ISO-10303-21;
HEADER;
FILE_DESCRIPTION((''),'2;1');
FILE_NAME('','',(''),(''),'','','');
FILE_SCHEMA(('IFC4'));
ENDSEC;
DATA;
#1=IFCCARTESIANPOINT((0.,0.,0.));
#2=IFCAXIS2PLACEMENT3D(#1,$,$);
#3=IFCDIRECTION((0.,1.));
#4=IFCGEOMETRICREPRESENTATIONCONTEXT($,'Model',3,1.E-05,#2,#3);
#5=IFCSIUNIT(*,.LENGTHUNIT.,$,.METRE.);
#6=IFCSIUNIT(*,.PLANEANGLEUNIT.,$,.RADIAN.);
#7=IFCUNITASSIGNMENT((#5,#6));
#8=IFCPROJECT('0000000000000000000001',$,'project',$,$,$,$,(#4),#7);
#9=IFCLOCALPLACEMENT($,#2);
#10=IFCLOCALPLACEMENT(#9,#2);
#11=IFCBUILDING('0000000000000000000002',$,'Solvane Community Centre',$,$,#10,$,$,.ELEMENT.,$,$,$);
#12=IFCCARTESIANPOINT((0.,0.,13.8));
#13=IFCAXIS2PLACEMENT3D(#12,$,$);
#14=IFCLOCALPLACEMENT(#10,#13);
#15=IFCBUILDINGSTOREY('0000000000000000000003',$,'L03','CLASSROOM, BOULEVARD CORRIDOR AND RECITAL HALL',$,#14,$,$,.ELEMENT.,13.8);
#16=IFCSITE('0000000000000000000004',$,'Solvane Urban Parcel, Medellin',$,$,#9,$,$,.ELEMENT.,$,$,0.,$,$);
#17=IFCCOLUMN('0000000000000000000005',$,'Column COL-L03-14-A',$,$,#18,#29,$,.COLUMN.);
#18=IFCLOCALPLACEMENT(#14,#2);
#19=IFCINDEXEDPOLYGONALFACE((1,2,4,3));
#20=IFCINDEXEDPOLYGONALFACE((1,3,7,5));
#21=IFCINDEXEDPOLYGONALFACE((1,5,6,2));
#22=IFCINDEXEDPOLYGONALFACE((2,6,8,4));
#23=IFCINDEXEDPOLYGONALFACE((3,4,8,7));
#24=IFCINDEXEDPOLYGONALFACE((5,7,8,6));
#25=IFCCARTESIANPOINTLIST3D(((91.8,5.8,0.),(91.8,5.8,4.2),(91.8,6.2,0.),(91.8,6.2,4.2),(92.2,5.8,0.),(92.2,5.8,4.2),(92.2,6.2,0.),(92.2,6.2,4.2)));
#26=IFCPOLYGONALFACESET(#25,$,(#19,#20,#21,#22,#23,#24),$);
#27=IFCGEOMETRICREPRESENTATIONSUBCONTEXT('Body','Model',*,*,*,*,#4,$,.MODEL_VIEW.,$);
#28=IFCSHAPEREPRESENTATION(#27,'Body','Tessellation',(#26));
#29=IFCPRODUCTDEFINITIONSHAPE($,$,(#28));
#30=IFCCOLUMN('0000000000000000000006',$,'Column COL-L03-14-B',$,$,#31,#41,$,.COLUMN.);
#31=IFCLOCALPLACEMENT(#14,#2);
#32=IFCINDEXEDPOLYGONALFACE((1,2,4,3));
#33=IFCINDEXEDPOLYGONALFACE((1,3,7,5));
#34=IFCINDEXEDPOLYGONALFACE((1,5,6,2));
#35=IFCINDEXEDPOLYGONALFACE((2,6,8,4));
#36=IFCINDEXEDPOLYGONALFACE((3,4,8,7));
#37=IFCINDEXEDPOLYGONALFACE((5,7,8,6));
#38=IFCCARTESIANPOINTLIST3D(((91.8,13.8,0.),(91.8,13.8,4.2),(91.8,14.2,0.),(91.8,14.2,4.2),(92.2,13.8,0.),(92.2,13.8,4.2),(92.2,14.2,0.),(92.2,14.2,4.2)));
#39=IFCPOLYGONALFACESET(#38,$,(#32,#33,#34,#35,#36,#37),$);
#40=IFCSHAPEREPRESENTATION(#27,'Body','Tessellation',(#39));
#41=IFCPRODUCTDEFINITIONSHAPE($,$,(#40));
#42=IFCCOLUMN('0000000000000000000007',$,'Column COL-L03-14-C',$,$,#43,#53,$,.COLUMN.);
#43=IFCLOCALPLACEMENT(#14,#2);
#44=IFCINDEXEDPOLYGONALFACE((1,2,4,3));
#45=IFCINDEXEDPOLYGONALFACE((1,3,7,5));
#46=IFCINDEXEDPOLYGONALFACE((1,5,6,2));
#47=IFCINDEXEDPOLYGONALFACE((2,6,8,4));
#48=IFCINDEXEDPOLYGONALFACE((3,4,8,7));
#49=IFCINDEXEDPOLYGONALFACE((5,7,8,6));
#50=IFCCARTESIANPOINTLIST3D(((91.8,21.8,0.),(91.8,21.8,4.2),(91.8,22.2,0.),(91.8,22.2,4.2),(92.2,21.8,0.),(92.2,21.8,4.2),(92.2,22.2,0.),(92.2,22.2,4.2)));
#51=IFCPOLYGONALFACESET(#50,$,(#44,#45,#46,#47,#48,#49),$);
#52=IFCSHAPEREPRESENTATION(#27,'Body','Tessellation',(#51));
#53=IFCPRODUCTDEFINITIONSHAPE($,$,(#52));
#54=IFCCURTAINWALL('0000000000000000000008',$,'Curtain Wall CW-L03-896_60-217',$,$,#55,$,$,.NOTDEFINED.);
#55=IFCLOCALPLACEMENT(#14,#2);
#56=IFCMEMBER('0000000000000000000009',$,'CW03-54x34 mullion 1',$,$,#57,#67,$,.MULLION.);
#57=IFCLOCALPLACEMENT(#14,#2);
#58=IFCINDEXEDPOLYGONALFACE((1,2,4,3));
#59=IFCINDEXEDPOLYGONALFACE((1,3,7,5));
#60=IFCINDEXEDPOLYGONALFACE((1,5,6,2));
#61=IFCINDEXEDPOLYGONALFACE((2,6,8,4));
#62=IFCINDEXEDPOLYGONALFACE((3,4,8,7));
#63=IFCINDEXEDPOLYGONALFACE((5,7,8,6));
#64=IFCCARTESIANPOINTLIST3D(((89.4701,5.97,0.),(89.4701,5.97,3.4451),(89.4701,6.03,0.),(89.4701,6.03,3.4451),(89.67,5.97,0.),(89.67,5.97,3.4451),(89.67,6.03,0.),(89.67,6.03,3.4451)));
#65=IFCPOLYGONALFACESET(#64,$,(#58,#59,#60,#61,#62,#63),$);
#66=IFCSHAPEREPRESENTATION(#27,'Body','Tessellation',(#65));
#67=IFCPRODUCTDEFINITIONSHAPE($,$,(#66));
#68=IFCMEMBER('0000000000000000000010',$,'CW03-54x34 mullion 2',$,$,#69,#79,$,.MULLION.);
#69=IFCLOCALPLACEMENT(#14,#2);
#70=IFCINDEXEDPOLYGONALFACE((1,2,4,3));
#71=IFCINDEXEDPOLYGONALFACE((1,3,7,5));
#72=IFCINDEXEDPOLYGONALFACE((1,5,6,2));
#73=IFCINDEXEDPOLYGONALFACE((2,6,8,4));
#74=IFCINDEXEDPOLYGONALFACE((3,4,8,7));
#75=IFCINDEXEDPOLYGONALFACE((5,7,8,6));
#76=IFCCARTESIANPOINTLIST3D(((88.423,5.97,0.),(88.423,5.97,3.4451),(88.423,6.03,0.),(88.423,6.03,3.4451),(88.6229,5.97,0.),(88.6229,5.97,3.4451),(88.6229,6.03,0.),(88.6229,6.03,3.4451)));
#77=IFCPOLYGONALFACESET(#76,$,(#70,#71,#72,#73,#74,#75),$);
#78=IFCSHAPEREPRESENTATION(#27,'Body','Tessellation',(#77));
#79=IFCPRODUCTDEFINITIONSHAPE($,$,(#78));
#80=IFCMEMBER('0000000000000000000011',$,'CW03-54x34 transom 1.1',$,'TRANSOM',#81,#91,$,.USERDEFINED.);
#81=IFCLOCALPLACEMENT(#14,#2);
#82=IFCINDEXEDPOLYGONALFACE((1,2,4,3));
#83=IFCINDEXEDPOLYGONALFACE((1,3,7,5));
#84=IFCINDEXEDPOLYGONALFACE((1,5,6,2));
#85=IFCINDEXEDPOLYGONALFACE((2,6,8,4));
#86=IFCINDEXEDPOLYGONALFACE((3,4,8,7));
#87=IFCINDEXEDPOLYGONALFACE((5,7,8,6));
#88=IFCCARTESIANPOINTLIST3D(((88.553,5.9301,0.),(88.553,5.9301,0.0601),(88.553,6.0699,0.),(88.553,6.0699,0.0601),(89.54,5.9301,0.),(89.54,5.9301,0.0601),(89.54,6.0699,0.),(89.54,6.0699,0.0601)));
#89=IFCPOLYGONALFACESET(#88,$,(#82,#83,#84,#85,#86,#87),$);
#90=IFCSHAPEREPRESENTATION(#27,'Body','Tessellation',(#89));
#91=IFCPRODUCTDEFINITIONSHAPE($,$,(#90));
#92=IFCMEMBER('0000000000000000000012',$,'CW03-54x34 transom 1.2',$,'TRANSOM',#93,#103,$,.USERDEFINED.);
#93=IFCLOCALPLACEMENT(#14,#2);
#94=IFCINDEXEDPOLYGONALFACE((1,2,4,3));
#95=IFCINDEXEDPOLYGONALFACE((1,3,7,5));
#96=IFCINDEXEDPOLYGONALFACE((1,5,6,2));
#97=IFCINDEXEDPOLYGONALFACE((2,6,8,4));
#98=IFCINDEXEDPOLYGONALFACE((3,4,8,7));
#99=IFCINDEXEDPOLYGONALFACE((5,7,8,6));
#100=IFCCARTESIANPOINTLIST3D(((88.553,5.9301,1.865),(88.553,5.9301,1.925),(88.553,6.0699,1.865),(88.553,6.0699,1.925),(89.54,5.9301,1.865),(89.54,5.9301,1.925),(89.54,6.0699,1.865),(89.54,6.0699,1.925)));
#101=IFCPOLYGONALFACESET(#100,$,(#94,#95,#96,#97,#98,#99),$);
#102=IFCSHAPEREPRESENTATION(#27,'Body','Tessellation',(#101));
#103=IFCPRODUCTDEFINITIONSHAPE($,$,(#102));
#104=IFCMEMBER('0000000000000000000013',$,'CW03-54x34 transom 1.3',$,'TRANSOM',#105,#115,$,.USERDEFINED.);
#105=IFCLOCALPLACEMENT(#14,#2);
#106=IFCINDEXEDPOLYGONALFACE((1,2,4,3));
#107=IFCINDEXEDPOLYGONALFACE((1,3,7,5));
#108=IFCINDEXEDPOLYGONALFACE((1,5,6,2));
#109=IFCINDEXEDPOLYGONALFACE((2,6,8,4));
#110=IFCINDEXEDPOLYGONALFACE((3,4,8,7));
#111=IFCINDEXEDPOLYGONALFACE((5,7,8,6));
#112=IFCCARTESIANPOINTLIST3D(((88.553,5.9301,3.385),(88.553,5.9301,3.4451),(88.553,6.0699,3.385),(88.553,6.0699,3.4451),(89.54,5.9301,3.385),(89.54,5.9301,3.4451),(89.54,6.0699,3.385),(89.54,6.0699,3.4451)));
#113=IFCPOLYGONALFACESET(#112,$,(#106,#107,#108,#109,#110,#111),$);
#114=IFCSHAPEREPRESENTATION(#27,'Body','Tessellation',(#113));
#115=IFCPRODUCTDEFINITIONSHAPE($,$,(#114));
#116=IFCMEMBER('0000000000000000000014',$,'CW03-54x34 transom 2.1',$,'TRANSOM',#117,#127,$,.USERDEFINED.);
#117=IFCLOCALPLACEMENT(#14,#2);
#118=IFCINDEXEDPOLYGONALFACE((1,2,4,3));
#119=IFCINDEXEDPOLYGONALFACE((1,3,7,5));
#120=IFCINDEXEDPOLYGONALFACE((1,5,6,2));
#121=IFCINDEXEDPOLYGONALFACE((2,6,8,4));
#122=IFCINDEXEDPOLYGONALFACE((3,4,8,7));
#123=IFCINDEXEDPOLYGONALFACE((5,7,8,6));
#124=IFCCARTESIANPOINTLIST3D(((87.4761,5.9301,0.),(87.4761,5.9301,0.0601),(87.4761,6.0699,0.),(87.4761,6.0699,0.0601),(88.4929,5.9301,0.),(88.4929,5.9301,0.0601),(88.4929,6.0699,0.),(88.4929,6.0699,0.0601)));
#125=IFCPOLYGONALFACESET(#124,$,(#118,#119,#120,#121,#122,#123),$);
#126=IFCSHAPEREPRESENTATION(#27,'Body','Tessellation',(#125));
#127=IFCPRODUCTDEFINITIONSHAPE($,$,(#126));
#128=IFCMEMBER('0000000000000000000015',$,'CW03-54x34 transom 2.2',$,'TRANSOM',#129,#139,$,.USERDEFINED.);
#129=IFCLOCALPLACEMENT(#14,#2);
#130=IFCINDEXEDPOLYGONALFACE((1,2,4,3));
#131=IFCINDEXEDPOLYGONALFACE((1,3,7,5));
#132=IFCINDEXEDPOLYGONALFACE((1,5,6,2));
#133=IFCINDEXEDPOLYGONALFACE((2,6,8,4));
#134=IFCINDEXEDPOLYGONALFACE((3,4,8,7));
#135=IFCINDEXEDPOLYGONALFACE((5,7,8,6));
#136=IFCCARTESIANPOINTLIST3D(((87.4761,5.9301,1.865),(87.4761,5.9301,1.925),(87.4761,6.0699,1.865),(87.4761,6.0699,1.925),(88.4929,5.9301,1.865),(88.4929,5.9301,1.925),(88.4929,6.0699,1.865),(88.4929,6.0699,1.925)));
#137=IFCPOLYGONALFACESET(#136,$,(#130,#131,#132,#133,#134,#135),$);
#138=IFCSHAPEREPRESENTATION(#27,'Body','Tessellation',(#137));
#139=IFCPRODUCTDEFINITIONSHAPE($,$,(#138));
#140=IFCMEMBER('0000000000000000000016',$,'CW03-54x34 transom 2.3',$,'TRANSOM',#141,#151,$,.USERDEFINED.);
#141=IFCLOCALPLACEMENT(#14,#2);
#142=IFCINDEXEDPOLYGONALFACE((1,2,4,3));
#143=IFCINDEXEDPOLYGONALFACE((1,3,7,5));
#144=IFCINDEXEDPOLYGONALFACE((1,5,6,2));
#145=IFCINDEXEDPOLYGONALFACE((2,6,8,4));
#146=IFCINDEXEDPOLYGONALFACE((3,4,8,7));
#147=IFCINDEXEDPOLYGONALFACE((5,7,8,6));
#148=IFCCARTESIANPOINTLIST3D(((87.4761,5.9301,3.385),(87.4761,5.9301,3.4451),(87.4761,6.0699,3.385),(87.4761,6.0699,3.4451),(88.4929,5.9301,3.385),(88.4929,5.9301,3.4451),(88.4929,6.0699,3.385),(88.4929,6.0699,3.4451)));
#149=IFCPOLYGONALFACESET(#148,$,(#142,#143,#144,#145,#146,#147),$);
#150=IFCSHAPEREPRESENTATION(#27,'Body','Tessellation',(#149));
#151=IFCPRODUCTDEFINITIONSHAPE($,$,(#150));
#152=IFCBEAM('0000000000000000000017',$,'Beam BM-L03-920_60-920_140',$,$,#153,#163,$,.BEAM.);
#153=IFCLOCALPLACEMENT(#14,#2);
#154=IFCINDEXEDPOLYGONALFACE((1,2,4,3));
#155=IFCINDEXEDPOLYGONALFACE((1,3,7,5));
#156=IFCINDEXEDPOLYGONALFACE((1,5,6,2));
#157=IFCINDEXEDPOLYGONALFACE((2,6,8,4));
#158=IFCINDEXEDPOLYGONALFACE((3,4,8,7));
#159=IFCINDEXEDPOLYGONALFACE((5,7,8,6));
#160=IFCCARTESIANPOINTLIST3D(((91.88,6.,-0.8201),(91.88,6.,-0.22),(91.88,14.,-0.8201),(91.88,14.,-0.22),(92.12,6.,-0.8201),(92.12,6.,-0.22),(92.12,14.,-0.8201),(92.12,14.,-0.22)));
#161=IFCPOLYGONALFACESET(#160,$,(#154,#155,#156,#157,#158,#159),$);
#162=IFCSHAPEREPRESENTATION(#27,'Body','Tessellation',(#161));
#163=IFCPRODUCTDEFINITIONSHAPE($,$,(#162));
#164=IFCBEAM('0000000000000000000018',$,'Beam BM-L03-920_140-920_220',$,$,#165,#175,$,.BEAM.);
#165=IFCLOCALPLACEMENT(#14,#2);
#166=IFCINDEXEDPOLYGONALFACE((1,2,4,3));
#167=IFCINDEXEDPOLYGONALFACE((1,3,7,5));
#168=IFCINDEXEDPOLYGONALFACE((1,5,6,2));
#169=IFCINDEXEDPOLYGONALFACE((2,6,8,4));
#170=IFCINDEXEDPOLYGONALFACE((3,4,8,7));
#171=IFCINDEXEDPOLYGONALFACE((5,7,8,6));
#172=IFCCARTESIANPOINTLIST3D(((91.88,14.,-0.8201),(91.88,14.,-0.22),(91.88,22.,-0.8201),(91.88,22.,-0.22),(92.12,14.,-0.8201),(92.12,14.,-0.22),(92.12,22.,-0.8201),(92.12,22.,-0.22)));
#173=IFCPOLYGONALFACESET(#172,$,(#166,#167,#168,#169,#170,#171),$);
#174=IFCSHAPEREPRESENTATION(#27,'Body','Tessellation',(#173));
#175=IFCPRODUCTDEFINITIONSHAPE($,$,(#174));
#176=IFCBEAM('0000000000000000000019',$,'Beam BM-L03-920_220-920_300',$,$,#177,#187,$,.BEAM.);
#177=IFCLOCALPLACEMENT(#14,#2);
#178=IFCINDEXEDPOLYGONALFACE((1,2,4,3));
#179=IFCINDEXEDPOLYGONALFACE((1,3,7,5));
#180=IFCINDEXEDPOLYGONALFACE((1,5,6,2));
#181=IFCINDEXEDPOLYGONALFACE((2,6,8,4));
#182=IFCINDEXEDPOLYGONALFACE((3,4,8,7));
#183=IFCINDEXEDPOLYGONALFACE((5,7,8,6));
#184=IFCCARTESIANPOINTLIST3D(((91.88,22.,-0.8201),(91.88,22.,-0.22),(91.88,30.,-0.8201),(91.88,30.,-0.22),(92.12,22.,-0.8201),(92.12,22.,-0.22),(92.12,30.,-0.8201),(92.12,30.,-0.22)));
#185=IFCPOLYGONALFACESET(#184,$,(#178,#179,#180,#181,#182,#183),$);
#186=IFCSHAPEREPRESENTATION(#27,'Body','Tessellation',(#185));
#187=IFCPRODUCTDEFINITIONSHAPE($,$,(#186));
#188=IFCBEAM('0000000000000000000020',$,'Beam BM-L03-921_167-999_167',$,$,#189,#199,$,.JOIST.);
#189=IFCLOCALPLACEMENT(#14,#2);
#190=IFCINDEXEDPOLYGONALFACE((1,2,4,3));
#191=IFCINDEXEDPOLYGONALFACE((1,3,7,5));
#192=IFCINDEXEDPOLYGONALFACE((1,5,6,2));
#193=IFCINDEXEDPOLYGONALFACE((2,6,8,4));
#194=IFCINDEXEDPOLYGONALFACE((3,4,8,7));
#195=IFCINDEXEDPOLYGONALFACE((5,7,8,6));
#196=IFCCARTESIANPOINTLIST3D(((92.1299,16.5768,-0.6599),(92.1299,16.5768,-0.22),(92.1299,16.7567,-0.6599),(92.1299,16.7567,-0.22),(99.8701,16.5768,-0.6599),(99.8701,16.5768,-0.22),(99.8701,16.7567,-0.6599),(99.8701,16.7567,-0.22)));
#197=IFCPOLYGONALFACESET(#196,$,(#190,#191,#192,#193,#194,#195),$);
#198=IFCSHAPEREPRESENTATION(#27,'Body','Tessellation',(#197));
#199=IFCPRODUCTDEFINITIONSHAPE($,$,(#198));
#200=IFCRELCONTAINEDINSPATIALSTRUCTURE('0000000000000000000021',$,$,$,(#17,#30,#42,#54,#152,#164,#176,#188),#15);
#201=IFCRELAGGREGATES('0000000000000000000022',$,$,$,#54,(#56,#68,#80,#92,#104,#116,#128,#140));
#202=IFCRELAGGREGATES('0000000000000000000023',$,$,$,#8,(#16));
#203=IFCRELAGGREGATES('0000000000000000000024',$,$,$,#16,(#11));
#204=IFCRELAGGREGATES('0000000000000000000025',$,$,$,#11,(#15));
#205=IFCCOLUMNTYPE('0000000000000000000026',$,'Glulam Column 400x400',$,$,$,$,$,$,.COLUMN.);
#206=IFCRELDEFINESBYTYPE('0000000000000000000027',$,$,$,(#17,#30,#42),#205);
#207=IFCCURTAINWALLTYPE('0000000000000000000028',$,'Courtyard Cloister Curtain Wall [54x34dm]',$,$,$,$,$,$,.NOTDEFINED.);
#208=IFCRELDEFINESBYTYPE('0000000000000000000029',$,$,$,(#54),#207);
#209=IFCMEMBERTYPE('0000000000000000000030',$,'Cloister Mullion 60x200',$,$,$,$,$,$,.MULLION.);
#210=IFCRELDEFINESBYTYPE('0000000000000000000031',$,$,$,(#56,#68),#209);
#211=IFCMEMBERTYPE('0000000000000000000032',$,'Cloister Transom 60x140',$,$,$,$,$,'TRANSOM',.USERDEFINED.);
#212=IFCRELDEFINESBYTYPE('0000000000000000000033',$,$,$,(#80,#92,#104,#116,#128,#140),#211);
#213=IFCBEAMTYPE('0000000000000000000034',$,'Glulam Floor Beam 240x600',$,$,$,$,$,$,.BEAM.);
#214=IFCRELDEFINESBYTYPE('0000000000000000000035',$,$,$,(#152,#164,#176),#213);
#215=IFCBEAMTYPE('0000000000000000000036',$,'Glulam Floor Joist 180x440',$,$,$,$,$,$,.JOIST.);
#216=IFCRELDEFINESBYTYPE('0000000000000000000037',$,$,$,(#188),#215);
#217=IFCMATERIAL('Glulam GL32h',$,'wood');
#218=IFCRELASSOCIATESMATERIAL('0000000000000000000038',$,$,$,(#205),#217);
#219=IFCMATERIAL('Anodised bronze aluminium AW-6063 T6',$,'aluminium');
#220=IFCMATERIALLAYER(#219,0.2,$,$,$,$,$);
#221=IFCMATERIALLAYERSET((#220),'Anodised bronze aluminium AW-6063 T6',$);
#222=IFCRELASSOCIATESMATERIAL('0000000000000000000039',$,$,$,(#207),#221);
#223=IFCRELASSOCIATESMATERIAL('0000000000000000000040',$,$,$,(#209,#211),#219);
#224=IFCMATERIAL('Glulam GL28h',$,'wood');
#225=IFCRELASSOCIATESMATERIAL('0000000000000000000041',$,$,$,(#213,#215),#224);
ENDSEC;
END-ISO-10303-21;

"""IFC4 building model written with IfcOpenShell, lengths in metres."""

from ifc_helpers import new_model, si_unit, direction, frame, origin, origin_2d, place, context, subcontext, project, spatial, rectangle, extrude, material, layer, layer_set, material_profile, profile_set, type_object, element, aggregate, save


model = new_model("IFC4")

# Units and contexts
model_context = context("Model", 3, precision=1e-05, world=origin(), true_north=direction((0.0, 1.0)))
body_context = subcontext(model_context, "Body", "Model", "MODEL_VIEW")
ifc_project = project(units=[si_unit("LENGTHUNIT", "METRE"), si_unit("PLANEANGLEUNIT", "RADIAN")], contexts=[model_context])

# Site, building, storey
site_placement = place(None, origin())
site = spatial("IfcSite", under=ifc_project, at=site_placement, Name="Solvane Urban Parcel, Medellin", CompositionType="ELEMENT", RefElevation=0.0)
building_placement = place(site_placement, origin())
building = spatial("IfcBuilding", under=site, at=building_placement, Name="Solvane Community Centre", CompositionType="ELEMENT")
storey_placement = place(building_placement, frame((0.0, 0.0, 13.8)))
storey = spatial("IfcBuildingStorey", under=building, at=storey_placement, Name="L03", Description="CLASSROOM, BOULEVARD CORRIDOR AND RECITAL HALL", CompositionType="ELEMENT", Elevation=13.8)

# Columns
ifc_material_1 = material(Name="Glulam GL32h", Category="wood")
ifc_material_profile_1 = material_profile(ifc_material_1, rectangle(XDim=0.3999, YDim=0.3999, at=origin_2d()), Name="GL32h 400x400")
ifc_profile_set_1 = profile_set([ifc_material_profile_1], Name="Glulam GL32h")
column_type = type_object("IfcColumnType", Name="Glulam Column 400x400", PredefinedType="COLUMN", material=ifc_profile_set_1)
for number, where, z_axis, x_axis, name in (
    (1, (92.0, 6.0, 0.0), (0.0, 0.0, 1.0), (1.0, 0.0, 0.0), "Column COL-L03-14-A"),
    (2, (92.0, 14.0, 0.0), (0.0, 0.0, 1.0), (1.0, 0.0, 0.0), "Column COL-L03-14-B"),
    (3, (92.0, 22.0, 0.0), (0.0, 0.0, 1.0), (1.0, 0.0, 0.0), "Column COL-L03-14-C"),
):
    element("IfcColumn", number, at=place(storey_placement, frame(where, z_axis=z_axis, x_axis=x_axis)), inside=storey, type_object=column_type, Name=name, PredefinedType="COLUMN", context=body_context, shape_type="SweptSolid", body=[
        extrude(rectangle(XDim=0.3999, YDim=0.3999, at=origin_2d()), origin(), (0.0, 0.0, 1.0), 4.2),
    ])

# Curtain wall, members
ifc_material_2 = material(Name="Anodised bronze aluminium AW-6063 T6", Category="aluminium")
ifc_layer_1 = layer(ifc_material_2, 0.2)
ifc_layer_set_1 = layer_set([ifc_layer_1], Name="Anodised bronze aluminium AW-6063 T6")
curtain_wall_type = type_object("IfcCurtainWallType", Name="Courtyard Cloister Curtain Wall [54x34dm]", PredefinedType="NOTDEFINED", material=ifc_layer_set_1)
curtain_wall_placement = place(storey_placement, origin())
curtain_wall = element("IfcCurtainWall", 4, at=curtain_wall_placement, inside=storey, type_object=curtain_wall_type, Name="Curtain Wall CW-L03-896_60-217", PredefinedType="NOTDEFINED")
ifc_material_profile_2 = material_profile(ifc_material_2, rectangle(XDim=0.0601, YDim=0.2, at=origin_2d()), Name="CW-M 60x200")
ifc_profile_set_2 = profile_set([ifc_material_profile_2], Name="Anodised bronze aluminium AW-6063 T6")
member_type_1 = type_object("IfcMemberType", Name="Cloister Mullion 60x200", PredefinedType="MULLION", material=ifc_profile_set_2)
member_1_placement = place(storey_placement, frame((89.5701, 6.0, 0.0), z_axis=(0.0, 0.0, 1.0), x_axis=(0.0, -1.0, 0.0)))
member_1 = element("IfcMember", 5, at=member_1_placement, type_object=member_type_1, Name="CW03-54x34 mullion 1", PredefinedType="MULLION", context=body_context, shape_type="SweptSolid", body=[
    extrude(rectangle(XDim=0.0601, YDim=0.2, at=origin_2d()), origin(), (0.0, 0.0, 1.0), 3.4451),
])
member_2_placement = place(storey_placement, frame((88.5229, 6.0, 0.0), z_axis=(0.0, 0.0, 1.0), x_axis=(0.0, -1.0, 0.0)))
member_2 = element("IfcMember", 6, at=member_2_placement, type_object=member_type_1, Name="CW03-54x34 mullion 2", PredefinedType="MULLION", context=body_context, shape_type="SweptSolid", body=[
    extrude(rectangle(XDim=0.0601, YDim=0.2, at=origin_2d()), origin(), (0.0, 0.0, 1.0), 3.4451),
])
ifc_material_profile_3 = material_profile(ifc_material_2, rectangle(XDim=0.1399, YDim=0.0601, at=origin_2d()), Name="CW-T 60x140")
ifc_profile_set_3 = profile_set([ifc_material_profile_3], Name="Anodised bronze aluminium AW-6063 T6")
member_type_2 = type_object("IfcMemberType", Name="Cloister Transom 60x140", ElementType="TRANSOM", PredefinedType="USERDEFINED", material=ifc_profile_set_3)
member_3_placement = place(storey_placement, frame((89.54, 6.0, 0.03), z_axis=(-1.0, 0.0, 0.0), x_axis=(0.0, -1.0, 0.0)))
member_3 = element("IfcMember", 7, at=member_3_placement, type_object=member_type_2, Name="CW03-54x34 transom 1.1", ObjectType="TRANSOM", PredefinedType="USERDEFINED", context=body_context, shape_type="SweptSolid", body=[
    extrude(rectangle(XDim=0.1399, YDim=0.0601, at=origin_2d()), origin(), (0.0, 0.0, 1.0), 0.9871),
])
member_4_placement = place(storey_placement, frame((89.54, 6.0, 1.895), z_axis=(-1.0, 0.0, 0.0), x_axis=(0.0, -1.0, 0.0)))
member_4 = element("IfcMember", 8, at=member_4_placement, type_object=member_type_2, Name="CW03-54x34 transom 1.2", ObjectType="TRANSOM", PredefinedType="USERDEFINED", context=body_context, shape_type="SweptSolid", body=[
    extrude(rectangle(XDim=0.1399, YDim=0.0601, at=origin_2d()), origin(), (0.0, 0.0, 1.0), 0.9871),
])
member_5_placement = place(storey_placement, frame((89.54, 6.0, 3.415), z_axis=(-1.0, 0.0, 0.0), x_axis=(0.0, -1.0, 0.0)))
member_5 = element("IfcMember", 9, at=member_5_placement, type_object=member_type_2, Name="CW03-54x34 transom 1.3", ObjectType="TRANSOM", PredefinedType="USERDEFINED", context=body_context, shape_type="SweptSolid", body=[
    extrude(rectangle(XDim=0.1399, YDim=0.0601, at=origin_2d()), origin(), (0.0, 0.0, 1.0), 0.9871),
])
member_6_placement = place(storey_placement, frame((88.4929, 6.0, 0.03), z_axis=(-1.0, 0.0, 0.0), x_axis=(0.0, -1.0, 0.0)))
member_6 = element("IfcMember", 10, at=member_6_placement, type_object=member_type_2, Name="CW03-54x34 transom 2.1", ObjectType="TRANSOM", PredefinedType="USERDEFINED", context=body_context, shape_type="SweptSolid", body=[
    extrude(rectangle(XDim=0.1399, YDim=0.0601, at=origin_2d()), origin(), (0.0, 0.0, 1.0), 1.0168),
])
member_7_placement = place(storey_placement, frame((88.4929, 6.0, 1.895), z_axis=(-1.0, 0.0, 0.0), x_axis=(0.0, -1.0, 0.0)))
member_7 = element("IfcMember", 11, at=member_7_placement, type_object=member_type_2, Name="CW03-54x34 transom 2.2", ObjectType="TRANSOM", PredefinedType="USERDEFINED", context=body_context, shape_type="SweptSolid", body=[
    extrude(rectangle(XDim=0.1399, YDim=0.0601, at=origin_2d()), origin(), (0.0, 0.0, 1.0), 1.0168),
])
member_8_placement = place(storey_placement, frame((88.4929, 6.0, 3.415), z_axis=(-1.0, 0.0, 0.0), x_axis=(0.0, -1.0, 0.0)))
member_8 = element("IfcMember", 12, at=member_8_placement, type_object=member_type_2, Name="CW03-54x34 transom 2.3", ObjectType="TRANSOM", PredefinedType="USERDEFINED", context=body_context, shape_type="SweptSolid", body=[
    extrude(rectangle(XDim=0.1399, YDim=0.0601, at=origin_2d()), origin(), (0.0, 0.0, 1.0), 1.0168),
])

# Beams
ifc_material_3 = material(Name="Glulam GL28h", Category="wood")
ifc_material_profile_4 = material_profile(ifc_material_3, rectangle(XDim=0.24, YDim=0.6001, at=origin_2d()), Name="GL28h 240x600")
ifc_profile_set_4 = profile_set([ifc_material_profile_4], Name="Glulam GL28h")
beam_type_1 = type_object("IfcBeamType", Name="Glulam Floor Beam 240x600", PredefinedType="BEAM", material=ifc_profile_set_4)
for number, where, z_axis, x_axis, name in (
    (13, (92.0, 6.0, -0.52), (0.0, 1.0, 0.0), (-1.0, 0.0, 0.0), "Beam BM-L03-920_60-920_140"),
    (14, (92.0, 14.0, -0.52), (0.0, 1.0, 0.0), (-1.0, 0.0, 0.0), "Beam BM-L03-920_140-920_220"),
    (15, (92.0, 22.0, -0.52), (0.0, 1.0, 0.0), (-1.0, 0.0, 0.0), "Beam BM-L03-920_220-920_300"),
):
    element("IfcBeam", number, at=place(storey_placement, frame(where, z_axis=z_axis, x_axis=x_axis)), inside=storey, type_object=beam_type_1, Name=name, PredefinedType="BEAM", context=body_context, shape_type="SweptSolid", body=[
        extrude(rectangle(XDim=0.24, YDim=0.6001, at=origin_2d()), origin(), (0.0, 0.0, 1.0), 8.0),
    ])
ifc_material_profile_5 = material_profile(ifc_material_3, rectangle(XDim=0.1799, YDim=0.4399, at=origin_2d()), Name="GL28h 180x440")
ifc_profile_set_5 = profile_set([ifc_material_profile_5], Name="Glulam GL28h")
beam_type_2 = type_object("IfcBeamType", Name="Glulam Floor Joist 180x440", PredefinedType="JOIST", material=ifc_profile_set_5)
for number, where, z_axis, x_axis, name in (
    (16, (92.1299, 16.6667, -0.4399), (1.0, 0.0, 0.0), (0.0, 1.0, 0.0), "Beam BM-L03-921_167-999_167"),
):
    element("IfcBeam", number, at=place(storey_placement, frame(where, z_axis=z_axis, x_axis=x_axis)), inside=storey, type_object=beam_type_2, Name=name, PredefinedType="JOIST", context=body_context, shape_type="SweptSolid", body=[
        extrude(rectangle(XDim=0.1799, YDim=0.4399, at=origin_2d()), origin(), (0.0, 0.0, 1.0), 7.7402),
    ])

aggregate(curtain_wall, [member_1, member_2, member_3, member_4, member_5, member_6, member_7, member_8])

save(model, "model.ifc")
